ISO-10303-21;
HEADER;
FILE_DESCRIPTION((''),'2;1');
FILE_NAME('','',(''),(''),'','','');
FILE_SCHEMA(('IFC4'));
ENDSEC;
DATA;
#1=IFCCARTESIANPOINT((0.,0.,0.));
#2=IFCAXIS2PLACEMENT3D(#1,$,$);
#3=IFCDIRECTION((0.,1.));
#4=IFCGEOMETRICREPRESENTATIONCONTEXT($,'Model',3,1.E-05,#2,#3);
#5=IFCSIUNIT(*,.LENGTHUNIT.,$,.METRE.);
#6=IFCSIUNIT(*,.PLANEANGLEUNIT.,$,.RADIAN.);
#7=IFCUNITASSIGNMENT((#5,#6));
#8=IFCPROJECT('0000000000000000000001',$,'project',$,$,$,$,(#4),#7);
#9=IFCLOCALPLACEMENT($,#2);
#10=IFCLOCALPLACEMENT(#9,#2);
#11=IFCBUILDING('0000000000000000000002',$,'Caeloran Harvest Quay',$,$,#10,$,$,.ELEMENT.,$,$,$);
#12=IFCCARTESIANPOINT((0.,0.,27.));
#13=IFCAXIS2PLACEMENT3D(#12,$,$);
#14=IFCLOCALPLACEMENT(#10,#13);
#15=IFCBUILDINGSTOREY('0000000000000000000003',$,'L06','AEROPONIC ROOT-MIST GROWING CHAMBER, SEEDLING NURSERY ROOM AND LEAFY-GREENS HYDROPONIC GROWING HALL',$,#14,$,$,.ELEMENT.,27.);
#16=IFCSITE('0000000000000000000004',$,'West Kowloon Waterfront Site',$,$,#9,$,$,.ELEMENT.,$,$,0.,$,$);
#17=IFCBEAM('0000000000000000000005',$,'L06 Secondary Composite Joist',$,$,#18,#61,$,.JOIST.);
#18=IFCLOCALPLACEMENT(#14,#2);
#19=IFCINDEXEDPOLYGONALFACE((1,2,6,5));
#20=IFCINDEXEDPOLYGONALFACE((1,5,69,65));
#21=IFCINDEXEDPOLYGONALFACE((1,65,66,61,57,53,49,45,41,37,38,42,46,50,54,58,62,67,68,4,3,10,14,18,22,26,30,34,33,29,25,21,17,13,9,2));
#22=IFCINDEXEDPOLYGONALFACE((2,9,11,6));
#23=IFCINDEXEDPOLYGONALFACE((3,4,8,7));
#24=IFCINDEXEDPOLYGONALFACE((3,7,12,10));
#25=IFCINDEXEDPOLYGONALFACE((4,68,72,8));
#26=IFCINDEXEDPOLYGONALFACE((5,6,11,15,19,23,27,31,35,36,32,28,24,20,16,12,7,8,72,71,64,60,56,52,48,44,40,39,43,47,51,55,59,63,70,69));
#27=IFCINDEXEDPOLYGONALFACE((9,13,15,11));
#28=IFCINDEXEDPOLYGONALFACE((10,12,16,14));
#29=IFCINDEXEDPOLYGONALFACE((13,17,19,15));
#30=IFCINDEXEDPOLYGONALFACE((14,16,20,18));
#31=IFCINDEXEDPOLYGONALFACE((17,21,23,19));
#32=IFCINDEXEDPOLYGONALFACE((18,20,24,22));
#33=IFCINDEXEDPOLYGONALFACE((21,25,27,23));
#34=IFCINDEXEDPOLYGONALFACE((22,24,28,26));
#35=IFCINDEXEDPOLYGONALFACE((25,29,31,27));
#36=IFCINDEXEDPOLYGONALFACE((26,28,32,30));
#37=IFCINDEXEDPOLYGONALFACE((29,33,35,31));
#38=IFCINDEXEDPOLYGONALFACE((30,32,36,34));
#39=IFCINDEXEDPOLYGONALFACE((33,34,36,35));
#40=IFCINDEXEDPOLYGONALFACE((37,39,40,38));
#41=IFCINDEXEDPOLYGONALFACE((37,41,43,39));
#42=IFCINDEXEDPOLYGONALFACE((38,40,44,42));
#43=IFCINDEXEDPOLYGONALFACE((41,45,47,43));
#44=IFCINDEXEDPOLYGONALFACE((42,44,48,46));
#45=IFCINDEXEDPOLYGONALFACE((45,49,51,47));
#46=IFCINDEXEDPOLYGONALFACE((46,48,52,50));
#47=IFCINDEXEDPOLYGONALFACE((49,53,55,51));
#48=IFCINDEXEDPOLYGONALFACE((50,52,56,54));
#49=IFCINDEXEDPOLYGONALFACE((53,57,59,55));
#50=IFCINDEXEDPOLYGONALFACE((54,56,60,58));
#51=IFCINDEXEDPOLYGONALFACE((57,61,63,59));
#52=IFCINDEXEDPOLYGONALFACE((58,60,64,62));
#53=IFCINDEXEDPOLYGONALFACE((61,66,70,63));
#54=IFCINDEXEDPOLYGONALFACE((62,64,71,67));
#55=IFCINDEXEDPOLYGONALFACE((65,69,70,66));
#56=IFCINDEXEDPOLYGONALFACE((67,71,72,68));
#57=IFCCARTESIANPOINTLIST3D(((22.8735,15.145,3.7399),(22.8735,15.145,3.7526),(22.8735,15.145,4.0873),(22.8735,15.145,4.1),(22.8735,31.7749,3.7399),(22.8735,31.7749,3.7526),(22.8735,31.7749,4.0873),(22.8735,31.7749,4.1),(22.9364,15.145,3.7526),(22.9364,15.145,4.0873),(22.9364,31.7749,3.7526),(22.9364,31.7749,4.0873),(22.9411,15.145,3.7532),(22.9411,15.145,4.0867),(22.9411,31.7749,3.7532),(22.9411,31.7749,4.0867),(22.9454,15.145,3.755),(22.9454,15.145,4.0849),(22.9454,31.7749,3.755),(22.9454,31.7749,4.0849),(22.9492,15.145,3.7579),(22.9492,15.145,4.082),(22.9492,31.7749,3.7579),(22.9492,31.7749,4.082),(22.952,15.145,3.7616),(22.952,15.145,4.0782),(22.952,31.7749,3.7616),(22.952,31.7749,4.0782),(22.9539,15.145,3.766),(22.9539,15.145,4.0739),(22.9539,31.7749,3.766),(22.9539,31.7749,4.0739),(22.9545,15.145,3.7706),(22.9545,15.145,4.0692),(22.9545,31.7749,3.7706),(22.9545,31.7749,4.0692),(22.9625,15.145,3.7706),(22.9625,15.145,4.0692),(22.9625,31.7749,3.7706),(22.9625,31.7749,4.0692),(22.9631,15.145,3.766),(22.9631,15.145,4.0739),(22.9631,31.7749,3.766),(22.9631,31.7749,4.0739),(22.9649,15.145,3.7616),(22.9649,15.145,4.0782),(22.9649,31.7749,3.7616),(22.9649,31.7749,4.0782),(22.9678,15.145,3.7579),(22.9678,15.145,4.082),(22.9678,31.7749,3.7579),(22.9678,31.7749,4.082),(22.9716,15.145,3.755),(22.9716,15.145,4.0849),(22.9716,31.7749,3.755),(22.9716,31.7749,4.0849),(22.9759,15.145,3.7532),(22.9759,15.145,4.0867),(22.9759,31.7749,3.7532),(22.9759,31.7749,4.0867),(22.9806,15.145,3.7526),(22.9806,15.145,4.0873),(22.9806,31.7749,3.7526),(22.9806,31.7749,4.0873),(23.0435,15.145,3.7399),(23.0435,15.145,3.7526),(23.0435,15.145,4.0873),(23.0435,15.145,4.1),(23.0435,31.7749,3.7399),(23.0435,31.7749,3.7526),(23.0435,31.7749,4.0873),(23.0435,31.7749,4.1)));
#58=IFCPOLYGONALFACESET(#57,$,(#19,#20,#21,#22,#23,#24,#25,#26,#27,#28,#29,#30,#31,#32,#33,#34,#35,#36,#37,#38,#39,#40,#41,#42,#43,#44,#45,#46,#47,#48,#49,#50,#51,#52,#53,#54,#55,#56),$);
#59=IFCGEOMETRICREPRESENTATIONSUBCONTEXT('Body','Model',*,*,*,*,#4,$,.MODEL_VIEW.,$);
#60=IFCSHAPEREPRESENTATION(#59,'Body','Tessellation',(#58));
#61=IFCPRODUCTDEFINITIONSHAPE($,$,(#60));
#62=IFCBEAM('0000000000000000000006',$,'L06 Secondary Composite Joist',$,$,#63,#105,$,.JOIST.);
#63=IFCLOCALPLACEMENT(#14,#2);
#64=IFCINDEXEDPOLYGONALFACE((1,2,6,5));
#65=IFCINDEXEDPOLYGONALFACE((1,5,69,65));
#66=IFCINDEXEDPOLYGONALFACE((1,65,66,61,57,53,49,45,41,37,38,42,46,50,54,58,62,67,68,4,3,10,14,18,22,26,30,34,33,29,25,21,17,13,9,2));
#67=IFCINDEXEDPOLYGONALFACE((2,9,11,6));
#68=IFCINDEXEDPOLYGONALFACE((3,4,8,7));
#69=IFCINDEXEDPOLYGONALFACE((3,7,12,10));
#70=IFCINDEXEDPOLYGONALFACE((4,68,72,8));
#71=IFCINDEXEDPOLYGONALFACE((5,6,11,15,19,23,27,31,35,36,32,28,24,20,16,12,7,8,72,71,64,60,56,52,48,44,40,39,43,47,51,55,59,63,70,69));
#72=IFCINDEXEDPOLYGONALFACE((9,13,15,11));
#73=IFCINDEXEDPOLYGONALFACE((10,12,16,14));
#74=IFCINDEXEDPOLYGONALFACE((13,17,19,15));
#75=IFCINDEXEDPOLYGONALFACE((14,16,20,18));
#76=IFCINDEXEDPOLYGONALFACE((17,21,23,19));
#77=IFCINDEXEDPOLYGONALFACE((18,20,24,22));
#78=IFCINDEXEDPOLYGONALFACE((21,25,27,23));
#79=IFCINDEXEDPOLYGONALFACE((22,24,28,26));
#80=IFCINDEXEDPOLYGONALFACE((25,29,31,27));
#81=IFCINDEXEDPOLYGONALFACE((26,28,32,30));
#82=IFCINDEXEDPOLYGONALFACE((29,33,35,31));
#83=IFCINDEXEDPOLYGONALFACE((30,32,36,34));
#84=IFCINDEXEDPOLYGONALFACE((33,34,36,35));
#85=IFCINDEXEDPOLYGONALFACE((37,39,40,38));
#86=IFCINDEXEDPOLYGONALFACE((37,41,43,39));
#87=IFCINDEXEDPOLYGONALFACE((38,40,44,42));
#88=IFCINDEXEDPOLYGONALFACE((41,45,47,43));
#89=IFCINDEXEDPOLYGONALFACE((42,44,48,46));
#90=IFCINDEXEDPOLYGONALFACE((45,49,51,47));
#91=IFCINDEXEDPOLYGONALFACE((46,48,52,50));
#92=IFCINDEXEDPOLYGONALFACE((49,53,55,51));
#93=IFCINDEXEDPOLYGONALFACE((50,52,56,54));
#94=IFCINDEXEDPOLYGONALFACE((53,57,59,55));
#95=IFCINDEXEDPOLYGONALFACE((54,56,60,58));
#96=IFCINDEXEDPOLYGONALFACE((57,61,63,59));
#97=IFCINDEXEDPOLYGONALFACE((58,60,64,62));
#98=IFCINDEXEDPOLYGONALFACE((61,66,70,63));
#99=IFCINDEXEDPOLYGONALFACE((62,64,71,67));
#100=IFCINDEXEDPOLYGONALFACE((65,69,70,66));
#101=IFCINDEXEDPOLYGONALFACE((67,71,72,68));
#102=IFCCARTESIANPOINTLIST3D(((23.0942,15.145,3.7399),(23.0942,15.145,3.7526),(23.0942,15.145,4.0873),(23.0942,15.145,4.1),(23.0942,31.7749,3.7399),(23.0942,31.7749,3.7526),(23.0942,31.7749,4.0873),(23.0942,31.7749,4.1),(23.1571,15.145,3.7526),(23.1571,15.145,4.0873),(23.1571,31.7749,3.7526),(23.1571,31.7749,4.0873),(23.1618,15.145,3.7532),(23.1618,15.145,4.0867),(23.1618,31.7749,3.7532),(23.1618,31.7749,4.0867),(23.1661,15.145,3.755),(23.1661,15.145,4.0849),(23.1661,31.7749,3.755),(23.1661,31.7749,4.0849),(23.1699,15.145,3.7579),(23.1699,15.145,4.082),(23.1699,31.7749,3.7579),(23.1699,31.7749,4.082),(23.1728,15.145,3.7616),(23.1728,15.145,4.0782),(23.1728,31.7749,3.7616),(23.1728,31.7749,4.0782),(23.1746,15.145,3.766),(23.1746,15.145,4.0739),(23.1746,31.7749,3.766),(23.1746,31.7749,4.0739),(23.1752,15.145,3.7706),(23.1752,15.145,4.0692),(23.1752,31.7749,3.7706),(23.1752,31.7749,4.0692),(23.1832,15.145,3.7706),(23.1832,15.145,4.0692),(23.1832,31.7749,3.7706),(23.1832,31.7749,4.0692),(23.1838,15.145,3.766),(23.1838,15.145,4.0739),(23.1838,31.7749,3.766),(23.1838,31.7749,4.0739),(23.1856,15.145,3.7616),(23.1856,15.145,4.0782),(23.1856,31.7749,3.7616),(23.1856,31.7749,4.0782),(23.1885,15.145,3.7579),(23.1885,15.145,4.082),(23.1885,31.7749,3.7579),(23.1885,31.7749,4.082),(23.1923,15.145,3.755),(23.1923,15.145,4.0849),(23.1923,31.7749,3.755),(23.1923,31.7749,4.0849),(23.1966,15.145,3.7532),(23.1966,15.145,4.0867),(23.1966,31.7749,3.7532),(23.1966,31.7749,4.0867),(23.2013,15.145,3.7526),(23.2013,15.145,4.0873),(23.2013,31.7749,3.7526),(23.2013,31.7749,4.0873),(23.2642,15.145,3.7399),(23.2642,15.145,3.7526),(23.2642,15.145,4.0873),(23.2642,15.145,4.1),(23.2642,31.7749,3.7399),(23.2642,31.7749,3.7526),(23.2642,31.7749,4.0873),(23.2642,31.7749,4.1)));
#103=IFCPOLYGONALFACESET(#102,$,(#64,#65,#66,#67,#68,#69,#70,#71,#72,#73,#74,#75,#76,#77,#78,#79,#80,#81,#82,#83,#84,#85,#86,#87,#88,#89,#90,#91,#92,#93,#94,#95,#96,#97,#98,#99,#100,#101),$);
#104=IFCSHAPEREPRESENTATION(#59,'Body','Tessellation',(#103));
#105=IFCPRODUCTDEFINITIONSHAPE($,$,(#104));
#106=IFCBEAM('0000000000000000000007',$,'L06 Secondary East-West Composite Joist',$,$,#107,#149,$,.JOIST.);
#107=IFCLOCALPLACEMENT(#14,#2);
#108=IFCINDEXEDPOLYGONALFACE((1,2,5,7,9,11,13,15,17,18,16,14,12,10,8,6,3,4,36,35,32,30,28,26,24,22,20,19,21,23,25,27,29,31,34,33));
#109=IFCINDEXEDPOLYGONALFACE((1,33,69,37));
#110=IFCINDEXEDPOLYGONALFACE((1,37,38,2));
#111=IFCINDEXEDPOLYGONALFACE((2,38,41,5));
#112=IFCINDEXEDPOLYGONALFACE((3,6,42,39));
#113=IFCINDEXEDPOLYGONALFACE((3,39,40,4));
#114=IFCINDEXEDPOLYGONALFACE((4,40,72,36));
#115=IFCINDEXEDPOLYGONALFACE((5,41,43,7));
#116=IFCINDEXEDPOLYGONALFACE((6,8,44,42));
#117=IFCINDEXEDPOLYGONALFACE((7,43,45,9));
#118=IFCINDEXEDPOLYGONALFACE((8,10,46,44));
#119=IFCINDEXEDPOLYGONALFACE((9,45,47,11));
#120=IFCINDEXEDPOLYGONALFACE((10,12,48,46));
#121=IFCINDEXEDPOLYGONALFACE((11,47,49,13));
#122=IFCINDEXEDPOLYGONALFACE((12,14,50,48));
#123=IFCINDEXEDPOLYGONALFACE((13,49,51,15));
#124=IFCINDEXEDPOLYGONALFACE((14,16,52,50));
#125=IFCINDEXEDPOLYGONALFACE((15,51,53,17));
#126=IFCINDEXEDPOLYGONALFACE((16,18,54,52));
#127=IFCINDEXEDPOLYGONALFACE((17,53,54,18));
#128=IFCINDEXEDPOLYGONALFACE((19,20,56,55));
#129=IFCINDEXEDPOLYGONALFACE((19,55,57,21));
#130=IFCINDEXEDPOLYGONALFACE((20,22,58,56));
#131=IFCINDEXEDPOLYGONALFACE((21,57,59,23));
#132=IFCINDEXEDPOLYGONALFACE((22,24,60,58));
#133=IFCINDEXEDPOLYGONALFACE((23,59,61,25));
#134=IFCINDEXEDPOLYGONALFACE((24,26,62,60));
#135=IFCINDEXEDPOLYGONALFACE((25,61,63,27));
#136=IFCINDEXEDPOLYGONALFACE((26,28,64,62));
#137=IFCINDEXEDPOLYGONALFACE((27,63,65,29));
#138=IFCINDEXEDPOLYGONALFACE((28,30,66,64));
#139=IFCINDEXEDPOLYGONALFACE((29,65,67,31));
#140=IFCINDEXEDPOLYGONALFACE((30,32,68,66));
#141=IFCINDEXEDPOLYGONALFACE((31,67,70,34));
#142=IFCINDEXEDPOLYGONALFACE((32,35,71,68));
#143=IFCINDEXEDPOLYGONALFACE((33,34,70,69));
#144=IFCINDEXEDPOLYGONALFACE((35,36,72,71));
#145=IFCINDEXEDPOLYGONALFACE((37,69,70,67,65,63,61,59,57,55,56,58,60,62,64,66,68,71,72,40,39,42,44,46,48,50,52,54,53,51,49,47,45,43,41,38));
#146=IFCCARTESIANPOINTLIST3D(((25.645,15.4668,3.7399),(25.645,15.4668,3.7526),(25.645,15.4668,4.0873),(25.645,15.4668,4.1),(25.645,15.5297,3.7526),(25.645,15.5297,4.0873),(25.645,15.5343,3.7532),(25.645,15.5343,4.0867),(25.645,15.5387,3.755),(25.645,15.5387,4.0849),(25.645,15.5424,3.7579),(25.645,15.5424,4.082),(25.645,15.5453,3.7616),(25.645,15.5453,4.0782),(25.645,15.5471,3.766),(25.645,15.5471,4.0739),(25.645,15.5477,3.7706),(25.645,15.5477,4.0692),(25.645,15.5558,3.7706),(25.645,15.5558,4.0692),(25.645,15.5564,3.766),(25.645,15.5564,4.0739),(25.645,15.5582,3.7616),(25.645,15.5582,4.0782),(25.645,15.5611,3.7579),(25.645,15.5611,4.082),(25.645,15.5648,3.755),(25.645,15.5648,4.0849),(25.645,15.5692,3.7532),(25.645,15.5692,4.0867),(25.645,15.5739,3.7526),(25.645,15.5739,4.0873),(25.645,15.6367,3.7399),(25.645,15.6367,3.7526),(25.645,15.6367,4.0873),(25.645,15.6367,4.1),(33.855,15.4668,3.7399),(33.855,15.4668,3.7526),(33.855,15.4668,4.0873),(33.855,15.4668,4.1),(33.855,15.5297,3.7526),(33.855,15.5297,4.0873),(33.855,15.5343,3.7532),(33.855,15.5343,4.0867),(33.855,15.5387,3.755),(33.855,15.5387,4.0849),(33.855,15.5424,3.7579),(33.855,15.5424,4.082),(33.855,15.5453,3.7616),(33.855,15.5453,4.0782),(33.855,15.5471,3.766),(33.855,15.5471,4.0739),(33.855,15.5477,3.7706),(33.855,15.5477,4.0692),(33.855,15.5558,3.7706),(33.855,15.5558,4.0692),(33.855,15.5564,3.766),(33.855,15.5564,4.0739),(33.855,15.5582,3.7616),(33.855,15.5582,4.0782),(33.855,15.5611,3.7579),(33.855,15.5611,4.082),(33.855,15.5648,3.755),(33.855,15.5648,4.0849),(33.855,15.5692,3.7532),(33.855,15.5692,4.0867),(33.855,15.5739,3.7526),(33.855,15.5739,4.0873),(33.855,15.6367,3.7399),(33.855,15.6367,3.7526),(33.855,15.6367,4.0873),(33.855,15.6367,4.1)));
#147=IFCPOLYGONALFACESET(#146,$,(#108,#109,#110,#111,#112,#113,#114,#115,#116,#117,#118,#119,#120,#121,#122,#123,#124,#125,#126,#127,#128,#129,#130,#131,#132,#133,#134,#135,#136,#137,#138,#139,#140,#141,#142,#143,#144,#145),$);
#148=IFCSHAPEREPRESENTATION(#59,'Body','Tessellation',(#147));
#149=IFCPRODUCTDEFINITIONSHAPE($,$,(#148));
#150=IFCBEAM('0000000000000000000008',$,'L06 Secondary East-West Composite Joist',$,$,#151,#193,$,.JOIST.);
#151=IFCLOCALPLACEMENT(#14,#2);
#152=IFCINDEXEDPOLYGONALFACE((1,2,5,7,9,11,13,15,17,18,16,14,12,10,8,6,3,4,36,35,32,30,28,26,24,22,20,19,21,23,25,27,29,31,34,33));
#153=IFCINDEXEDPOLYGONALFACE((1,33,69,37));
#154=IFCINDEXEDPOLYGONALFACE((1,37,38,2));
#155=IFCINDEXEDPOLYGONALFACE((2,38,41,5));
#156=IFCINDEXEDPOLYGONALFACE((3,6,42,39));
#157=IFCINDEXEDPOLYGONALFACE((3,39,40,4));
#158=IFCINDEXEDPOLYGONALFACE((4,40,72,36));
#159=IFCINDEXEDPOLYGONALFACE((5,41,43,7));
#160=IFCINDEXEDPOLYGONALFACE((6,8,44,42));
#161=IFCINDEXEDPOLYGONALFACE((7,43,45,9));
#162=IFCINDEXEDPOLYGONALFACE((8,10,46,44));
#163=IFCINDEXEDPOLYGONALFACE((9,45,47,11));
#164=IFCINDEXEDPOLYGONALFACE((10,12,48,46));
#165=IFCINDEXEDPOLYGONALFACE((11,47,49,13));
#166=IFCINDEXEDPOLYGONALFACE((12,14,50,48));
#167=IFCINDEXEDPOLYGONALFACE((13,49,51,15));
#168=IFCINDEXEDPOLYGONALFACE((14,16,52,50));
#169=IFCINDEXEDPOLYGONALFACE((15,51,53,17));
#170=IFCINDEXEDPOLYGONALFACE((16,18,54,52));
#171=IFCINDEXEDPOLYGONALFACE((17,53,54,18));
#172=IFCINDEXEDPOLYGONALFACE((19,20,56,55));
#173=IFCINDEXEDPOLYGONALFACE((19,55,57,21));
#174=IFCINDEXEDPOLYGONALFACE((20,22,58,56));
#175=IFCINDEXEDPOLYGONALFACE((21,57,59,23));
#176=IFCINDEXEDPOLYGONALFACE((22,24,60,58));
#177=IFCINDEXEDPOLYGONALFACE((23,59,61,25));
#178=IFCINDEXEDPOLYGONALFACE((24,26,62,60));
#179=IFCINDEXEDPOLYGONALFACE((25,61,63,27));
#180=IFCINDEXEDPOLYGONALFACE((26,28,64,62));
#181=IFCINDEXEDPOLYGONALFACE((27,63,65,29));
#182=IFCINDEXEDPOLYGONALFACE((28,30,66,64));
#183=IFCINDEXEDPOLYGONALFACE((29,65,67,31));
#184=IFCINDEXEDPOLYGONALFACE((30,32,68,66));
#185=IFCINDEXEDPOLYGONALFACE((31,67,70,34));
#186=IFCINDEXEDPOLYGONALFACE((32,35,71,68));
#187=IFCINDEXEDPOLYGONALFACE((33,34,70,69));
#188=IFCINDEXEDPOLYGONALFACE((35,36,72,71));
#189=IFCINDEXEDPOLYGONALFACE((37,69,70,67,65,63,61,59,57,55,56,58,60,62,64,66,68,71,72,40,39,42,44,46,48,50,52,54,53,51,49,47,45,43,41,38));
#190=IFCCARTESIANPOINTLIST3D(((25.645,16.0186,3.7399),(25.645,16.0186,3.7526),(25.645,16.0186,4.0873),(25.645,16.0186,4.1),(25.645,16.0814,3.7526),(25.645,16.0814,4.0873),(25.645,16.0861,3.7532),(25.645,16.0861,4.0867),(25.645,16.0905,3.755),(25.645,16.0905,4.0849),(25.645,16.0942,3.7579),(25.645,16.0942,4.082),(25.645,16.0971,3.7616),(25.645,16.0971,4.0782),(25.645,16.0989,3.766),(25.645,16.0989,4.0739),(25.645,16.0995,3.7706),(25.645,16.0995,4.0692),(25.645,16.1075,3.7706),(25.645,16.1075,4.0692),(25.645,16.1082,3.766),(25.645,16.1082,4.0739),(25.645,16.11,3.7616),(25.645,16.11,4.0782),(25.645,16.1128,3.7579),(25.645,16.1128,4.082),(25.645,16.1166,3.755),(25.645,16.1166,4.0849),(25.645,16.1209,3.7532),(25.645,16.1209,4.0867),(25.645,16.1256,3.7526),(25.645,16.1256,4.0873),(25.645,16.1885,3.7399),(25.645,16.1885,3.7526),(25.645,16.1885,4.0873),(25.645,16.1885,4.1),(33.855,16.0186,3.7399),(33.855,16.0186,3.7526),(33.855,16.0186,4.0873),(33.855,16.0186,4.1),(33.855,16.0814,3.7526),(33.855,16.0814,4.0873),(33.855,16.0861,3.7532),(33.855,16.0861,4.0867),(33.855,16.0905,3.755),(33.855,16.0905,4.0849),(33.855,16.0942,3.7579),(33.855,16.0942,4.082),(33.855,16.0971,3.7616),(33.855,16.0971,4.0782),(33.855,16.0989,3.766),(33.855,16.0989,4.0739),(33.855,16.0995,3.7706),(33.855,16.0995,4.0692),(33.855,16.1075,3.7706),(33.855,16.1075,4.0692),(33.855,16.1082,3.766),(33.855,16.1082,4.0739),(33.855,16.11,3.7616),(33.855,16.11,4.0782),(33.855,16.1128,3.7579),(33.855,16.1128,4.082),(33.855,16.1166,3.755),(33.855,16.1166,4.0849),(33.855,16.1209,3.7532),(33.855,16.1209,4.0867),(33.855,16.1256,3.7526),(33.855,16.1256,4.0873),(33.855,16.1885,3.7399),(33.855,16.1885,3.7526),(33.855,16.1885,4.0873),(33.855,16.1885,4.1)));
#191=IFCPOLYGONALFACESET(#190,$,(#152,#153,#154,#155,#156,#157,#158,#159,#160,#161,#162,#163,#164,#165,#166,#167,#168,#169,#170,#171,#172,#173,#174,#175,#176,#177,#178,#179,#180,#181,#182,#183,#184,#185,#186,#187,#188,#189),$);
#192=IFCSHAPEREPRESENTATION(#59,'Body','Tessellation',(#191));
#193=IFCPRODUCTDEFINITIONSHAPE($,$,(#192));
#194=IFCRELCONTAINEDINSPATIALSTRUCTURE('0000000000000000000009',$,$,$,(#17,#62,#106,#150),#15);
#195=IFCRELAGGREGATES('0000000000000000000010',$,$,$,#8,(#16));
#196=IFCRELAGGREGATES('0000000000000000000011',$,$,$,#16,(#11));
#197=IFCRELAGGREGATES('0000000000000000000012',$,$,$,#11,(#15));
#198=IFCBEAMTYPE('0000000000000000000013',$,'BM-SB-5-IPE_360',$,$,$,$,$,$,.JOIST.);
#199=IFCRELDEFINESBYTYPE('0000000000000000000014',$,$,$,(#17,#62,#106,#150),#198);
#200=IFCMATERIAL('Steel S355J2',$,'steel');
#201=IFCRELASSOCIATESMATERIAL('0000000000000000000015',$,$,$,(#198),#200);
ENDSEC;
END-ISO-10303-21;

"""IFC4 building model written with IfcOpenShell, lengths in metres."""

from ifc_helpers import new_model, si_unit, direction, frame, origin, origin_2d, place, context, subcontext, project, spatial, i_section, extrude, material, material_profile, profile_set, type_object, element, save


model = new_model("IFC4")

# Units and contexts
model_context = context("Model", 3, precision=1e-05, world=origin(), true_north=direction((0.0, 1.0)))
body_context = subcontext(model_context, "Body", "Model", "MODEL_VIEW")
ifc_project = project(units=[si_unit("LENGTHUNIT", "METRE"), si_unit("PLANEANGLEUNIT", "RADIAN")], contexts=[model_context])

# Site, building, storey
site_placement = place(None, origin())
site = spatial("IfcSite", under=ifc_project, at=site_placement, Name="West Kowloon Waterfront Site", CompositionType="ELEMENT", RefElevation=0.0)
building_placement = place(site_placement, origin())
building = spatial("IfcBuilding", under=site, at=building_placement, Name="Caeloran Harvest Quay", CompositionType="ELEMENT")
storey_placement = place(building_placement, frame((0.0, 0.0, 27.0)))
storey = spatial("IfcBuildingStorey", under=building, at=storey_placement, Name="L06", Description="AEROPONIC ROOT-MIST GROWING CHAMBER, SEEDLING NURSERY ROOM AND LEAFY-GREENS HYDROPONIC GROWING HALL", CompositionType="ELEMENT", Elevation=27.0)

# Beams
ifc_material_1 = material(Name="Steel S355J2", Category="steel")
ifc_material_profile_1 = material_profile(ifc_material_1, i_section(OverallWidth=0.1699, OverallDepth=0.3601, WebThickness=0.0081, FlangeThickness=0.0127, FilletRadius=0.0181, at=origin_2d()), Name="IPE 360")
ifc_profile_set_1 = profile_set([ifc_material_profile_1], Name="Steel S355J2")
beam_type_1 = type_object("IfcBeamType", Name="BM-SB-5-IPE_360", PredefinedType="JOIST", material=ifc_profile_set_1)
for number, where, z_axis, x_axis, name in (
    (1, (22.9585, 15.145, 3.9199), (0.0, 1.0, 0.0), (-1.0, 0.0, 0.0), "L06 Secondary Composite Joist"),
    (2, (23.1792, 15.145, 3.9199), (0.0, 1.0, 0.0), (-1.0, 0.0, 0.0), "L06 Secondary Composite Joist"),
):
    element("IfcBeam", number, at=place(storey_placement, frame(where, z_axis=z_axis, x_axis=x_axis)), inside=storey, type_object=beam_type_1, Name=name, PredefinedType="JOIST", context=body_context, shape_type="SweptSolid", body=[
        extrude(i_section(OverallWidth=0.1699, OverallDepth=0.3601, WebThickness=0.0081, FlangeThickness=0.0127, FilletRadius=0.0181, at=origin_2d()), origin(), (0.0, 0.0, 1.0), 16.6299),
    ])
for number, where, z_axis, x_axis, name in (
    (3, (25.645, 15.5518, 3.9199), (1.0, 0.0, 0.0), (0.0, 1.0, 0.0), "L06 Secondary East-West Composite Joist"),
    (4, (25.645, 16.1035, 3.9199), (1.0, 0.0, 0.0), (0.0, 1.0, 0.0), "L06 Secondary East-West Composite Joist"),
):
    element("IfcBeam", number, at=place(storey_placement, frame(where, z_axis=z_axis, x_axis=x_axis)), inside=storey, type_object=beam_type_1, Name=name, PredefinedType="JOIST", context=body_context, shape_type="SweptSolid", body=[
        extrude(i_section(OverallWidth=0.1699, OverallDepth=0.3601, WebThickness=0.0081, FlangeThickness=0.0127, FilletRadius=0.0181, at=origin_2d()), origin(), (0.0, 0.0, 1.0), 8.21),
    ])

save(model, "model.ifc")
